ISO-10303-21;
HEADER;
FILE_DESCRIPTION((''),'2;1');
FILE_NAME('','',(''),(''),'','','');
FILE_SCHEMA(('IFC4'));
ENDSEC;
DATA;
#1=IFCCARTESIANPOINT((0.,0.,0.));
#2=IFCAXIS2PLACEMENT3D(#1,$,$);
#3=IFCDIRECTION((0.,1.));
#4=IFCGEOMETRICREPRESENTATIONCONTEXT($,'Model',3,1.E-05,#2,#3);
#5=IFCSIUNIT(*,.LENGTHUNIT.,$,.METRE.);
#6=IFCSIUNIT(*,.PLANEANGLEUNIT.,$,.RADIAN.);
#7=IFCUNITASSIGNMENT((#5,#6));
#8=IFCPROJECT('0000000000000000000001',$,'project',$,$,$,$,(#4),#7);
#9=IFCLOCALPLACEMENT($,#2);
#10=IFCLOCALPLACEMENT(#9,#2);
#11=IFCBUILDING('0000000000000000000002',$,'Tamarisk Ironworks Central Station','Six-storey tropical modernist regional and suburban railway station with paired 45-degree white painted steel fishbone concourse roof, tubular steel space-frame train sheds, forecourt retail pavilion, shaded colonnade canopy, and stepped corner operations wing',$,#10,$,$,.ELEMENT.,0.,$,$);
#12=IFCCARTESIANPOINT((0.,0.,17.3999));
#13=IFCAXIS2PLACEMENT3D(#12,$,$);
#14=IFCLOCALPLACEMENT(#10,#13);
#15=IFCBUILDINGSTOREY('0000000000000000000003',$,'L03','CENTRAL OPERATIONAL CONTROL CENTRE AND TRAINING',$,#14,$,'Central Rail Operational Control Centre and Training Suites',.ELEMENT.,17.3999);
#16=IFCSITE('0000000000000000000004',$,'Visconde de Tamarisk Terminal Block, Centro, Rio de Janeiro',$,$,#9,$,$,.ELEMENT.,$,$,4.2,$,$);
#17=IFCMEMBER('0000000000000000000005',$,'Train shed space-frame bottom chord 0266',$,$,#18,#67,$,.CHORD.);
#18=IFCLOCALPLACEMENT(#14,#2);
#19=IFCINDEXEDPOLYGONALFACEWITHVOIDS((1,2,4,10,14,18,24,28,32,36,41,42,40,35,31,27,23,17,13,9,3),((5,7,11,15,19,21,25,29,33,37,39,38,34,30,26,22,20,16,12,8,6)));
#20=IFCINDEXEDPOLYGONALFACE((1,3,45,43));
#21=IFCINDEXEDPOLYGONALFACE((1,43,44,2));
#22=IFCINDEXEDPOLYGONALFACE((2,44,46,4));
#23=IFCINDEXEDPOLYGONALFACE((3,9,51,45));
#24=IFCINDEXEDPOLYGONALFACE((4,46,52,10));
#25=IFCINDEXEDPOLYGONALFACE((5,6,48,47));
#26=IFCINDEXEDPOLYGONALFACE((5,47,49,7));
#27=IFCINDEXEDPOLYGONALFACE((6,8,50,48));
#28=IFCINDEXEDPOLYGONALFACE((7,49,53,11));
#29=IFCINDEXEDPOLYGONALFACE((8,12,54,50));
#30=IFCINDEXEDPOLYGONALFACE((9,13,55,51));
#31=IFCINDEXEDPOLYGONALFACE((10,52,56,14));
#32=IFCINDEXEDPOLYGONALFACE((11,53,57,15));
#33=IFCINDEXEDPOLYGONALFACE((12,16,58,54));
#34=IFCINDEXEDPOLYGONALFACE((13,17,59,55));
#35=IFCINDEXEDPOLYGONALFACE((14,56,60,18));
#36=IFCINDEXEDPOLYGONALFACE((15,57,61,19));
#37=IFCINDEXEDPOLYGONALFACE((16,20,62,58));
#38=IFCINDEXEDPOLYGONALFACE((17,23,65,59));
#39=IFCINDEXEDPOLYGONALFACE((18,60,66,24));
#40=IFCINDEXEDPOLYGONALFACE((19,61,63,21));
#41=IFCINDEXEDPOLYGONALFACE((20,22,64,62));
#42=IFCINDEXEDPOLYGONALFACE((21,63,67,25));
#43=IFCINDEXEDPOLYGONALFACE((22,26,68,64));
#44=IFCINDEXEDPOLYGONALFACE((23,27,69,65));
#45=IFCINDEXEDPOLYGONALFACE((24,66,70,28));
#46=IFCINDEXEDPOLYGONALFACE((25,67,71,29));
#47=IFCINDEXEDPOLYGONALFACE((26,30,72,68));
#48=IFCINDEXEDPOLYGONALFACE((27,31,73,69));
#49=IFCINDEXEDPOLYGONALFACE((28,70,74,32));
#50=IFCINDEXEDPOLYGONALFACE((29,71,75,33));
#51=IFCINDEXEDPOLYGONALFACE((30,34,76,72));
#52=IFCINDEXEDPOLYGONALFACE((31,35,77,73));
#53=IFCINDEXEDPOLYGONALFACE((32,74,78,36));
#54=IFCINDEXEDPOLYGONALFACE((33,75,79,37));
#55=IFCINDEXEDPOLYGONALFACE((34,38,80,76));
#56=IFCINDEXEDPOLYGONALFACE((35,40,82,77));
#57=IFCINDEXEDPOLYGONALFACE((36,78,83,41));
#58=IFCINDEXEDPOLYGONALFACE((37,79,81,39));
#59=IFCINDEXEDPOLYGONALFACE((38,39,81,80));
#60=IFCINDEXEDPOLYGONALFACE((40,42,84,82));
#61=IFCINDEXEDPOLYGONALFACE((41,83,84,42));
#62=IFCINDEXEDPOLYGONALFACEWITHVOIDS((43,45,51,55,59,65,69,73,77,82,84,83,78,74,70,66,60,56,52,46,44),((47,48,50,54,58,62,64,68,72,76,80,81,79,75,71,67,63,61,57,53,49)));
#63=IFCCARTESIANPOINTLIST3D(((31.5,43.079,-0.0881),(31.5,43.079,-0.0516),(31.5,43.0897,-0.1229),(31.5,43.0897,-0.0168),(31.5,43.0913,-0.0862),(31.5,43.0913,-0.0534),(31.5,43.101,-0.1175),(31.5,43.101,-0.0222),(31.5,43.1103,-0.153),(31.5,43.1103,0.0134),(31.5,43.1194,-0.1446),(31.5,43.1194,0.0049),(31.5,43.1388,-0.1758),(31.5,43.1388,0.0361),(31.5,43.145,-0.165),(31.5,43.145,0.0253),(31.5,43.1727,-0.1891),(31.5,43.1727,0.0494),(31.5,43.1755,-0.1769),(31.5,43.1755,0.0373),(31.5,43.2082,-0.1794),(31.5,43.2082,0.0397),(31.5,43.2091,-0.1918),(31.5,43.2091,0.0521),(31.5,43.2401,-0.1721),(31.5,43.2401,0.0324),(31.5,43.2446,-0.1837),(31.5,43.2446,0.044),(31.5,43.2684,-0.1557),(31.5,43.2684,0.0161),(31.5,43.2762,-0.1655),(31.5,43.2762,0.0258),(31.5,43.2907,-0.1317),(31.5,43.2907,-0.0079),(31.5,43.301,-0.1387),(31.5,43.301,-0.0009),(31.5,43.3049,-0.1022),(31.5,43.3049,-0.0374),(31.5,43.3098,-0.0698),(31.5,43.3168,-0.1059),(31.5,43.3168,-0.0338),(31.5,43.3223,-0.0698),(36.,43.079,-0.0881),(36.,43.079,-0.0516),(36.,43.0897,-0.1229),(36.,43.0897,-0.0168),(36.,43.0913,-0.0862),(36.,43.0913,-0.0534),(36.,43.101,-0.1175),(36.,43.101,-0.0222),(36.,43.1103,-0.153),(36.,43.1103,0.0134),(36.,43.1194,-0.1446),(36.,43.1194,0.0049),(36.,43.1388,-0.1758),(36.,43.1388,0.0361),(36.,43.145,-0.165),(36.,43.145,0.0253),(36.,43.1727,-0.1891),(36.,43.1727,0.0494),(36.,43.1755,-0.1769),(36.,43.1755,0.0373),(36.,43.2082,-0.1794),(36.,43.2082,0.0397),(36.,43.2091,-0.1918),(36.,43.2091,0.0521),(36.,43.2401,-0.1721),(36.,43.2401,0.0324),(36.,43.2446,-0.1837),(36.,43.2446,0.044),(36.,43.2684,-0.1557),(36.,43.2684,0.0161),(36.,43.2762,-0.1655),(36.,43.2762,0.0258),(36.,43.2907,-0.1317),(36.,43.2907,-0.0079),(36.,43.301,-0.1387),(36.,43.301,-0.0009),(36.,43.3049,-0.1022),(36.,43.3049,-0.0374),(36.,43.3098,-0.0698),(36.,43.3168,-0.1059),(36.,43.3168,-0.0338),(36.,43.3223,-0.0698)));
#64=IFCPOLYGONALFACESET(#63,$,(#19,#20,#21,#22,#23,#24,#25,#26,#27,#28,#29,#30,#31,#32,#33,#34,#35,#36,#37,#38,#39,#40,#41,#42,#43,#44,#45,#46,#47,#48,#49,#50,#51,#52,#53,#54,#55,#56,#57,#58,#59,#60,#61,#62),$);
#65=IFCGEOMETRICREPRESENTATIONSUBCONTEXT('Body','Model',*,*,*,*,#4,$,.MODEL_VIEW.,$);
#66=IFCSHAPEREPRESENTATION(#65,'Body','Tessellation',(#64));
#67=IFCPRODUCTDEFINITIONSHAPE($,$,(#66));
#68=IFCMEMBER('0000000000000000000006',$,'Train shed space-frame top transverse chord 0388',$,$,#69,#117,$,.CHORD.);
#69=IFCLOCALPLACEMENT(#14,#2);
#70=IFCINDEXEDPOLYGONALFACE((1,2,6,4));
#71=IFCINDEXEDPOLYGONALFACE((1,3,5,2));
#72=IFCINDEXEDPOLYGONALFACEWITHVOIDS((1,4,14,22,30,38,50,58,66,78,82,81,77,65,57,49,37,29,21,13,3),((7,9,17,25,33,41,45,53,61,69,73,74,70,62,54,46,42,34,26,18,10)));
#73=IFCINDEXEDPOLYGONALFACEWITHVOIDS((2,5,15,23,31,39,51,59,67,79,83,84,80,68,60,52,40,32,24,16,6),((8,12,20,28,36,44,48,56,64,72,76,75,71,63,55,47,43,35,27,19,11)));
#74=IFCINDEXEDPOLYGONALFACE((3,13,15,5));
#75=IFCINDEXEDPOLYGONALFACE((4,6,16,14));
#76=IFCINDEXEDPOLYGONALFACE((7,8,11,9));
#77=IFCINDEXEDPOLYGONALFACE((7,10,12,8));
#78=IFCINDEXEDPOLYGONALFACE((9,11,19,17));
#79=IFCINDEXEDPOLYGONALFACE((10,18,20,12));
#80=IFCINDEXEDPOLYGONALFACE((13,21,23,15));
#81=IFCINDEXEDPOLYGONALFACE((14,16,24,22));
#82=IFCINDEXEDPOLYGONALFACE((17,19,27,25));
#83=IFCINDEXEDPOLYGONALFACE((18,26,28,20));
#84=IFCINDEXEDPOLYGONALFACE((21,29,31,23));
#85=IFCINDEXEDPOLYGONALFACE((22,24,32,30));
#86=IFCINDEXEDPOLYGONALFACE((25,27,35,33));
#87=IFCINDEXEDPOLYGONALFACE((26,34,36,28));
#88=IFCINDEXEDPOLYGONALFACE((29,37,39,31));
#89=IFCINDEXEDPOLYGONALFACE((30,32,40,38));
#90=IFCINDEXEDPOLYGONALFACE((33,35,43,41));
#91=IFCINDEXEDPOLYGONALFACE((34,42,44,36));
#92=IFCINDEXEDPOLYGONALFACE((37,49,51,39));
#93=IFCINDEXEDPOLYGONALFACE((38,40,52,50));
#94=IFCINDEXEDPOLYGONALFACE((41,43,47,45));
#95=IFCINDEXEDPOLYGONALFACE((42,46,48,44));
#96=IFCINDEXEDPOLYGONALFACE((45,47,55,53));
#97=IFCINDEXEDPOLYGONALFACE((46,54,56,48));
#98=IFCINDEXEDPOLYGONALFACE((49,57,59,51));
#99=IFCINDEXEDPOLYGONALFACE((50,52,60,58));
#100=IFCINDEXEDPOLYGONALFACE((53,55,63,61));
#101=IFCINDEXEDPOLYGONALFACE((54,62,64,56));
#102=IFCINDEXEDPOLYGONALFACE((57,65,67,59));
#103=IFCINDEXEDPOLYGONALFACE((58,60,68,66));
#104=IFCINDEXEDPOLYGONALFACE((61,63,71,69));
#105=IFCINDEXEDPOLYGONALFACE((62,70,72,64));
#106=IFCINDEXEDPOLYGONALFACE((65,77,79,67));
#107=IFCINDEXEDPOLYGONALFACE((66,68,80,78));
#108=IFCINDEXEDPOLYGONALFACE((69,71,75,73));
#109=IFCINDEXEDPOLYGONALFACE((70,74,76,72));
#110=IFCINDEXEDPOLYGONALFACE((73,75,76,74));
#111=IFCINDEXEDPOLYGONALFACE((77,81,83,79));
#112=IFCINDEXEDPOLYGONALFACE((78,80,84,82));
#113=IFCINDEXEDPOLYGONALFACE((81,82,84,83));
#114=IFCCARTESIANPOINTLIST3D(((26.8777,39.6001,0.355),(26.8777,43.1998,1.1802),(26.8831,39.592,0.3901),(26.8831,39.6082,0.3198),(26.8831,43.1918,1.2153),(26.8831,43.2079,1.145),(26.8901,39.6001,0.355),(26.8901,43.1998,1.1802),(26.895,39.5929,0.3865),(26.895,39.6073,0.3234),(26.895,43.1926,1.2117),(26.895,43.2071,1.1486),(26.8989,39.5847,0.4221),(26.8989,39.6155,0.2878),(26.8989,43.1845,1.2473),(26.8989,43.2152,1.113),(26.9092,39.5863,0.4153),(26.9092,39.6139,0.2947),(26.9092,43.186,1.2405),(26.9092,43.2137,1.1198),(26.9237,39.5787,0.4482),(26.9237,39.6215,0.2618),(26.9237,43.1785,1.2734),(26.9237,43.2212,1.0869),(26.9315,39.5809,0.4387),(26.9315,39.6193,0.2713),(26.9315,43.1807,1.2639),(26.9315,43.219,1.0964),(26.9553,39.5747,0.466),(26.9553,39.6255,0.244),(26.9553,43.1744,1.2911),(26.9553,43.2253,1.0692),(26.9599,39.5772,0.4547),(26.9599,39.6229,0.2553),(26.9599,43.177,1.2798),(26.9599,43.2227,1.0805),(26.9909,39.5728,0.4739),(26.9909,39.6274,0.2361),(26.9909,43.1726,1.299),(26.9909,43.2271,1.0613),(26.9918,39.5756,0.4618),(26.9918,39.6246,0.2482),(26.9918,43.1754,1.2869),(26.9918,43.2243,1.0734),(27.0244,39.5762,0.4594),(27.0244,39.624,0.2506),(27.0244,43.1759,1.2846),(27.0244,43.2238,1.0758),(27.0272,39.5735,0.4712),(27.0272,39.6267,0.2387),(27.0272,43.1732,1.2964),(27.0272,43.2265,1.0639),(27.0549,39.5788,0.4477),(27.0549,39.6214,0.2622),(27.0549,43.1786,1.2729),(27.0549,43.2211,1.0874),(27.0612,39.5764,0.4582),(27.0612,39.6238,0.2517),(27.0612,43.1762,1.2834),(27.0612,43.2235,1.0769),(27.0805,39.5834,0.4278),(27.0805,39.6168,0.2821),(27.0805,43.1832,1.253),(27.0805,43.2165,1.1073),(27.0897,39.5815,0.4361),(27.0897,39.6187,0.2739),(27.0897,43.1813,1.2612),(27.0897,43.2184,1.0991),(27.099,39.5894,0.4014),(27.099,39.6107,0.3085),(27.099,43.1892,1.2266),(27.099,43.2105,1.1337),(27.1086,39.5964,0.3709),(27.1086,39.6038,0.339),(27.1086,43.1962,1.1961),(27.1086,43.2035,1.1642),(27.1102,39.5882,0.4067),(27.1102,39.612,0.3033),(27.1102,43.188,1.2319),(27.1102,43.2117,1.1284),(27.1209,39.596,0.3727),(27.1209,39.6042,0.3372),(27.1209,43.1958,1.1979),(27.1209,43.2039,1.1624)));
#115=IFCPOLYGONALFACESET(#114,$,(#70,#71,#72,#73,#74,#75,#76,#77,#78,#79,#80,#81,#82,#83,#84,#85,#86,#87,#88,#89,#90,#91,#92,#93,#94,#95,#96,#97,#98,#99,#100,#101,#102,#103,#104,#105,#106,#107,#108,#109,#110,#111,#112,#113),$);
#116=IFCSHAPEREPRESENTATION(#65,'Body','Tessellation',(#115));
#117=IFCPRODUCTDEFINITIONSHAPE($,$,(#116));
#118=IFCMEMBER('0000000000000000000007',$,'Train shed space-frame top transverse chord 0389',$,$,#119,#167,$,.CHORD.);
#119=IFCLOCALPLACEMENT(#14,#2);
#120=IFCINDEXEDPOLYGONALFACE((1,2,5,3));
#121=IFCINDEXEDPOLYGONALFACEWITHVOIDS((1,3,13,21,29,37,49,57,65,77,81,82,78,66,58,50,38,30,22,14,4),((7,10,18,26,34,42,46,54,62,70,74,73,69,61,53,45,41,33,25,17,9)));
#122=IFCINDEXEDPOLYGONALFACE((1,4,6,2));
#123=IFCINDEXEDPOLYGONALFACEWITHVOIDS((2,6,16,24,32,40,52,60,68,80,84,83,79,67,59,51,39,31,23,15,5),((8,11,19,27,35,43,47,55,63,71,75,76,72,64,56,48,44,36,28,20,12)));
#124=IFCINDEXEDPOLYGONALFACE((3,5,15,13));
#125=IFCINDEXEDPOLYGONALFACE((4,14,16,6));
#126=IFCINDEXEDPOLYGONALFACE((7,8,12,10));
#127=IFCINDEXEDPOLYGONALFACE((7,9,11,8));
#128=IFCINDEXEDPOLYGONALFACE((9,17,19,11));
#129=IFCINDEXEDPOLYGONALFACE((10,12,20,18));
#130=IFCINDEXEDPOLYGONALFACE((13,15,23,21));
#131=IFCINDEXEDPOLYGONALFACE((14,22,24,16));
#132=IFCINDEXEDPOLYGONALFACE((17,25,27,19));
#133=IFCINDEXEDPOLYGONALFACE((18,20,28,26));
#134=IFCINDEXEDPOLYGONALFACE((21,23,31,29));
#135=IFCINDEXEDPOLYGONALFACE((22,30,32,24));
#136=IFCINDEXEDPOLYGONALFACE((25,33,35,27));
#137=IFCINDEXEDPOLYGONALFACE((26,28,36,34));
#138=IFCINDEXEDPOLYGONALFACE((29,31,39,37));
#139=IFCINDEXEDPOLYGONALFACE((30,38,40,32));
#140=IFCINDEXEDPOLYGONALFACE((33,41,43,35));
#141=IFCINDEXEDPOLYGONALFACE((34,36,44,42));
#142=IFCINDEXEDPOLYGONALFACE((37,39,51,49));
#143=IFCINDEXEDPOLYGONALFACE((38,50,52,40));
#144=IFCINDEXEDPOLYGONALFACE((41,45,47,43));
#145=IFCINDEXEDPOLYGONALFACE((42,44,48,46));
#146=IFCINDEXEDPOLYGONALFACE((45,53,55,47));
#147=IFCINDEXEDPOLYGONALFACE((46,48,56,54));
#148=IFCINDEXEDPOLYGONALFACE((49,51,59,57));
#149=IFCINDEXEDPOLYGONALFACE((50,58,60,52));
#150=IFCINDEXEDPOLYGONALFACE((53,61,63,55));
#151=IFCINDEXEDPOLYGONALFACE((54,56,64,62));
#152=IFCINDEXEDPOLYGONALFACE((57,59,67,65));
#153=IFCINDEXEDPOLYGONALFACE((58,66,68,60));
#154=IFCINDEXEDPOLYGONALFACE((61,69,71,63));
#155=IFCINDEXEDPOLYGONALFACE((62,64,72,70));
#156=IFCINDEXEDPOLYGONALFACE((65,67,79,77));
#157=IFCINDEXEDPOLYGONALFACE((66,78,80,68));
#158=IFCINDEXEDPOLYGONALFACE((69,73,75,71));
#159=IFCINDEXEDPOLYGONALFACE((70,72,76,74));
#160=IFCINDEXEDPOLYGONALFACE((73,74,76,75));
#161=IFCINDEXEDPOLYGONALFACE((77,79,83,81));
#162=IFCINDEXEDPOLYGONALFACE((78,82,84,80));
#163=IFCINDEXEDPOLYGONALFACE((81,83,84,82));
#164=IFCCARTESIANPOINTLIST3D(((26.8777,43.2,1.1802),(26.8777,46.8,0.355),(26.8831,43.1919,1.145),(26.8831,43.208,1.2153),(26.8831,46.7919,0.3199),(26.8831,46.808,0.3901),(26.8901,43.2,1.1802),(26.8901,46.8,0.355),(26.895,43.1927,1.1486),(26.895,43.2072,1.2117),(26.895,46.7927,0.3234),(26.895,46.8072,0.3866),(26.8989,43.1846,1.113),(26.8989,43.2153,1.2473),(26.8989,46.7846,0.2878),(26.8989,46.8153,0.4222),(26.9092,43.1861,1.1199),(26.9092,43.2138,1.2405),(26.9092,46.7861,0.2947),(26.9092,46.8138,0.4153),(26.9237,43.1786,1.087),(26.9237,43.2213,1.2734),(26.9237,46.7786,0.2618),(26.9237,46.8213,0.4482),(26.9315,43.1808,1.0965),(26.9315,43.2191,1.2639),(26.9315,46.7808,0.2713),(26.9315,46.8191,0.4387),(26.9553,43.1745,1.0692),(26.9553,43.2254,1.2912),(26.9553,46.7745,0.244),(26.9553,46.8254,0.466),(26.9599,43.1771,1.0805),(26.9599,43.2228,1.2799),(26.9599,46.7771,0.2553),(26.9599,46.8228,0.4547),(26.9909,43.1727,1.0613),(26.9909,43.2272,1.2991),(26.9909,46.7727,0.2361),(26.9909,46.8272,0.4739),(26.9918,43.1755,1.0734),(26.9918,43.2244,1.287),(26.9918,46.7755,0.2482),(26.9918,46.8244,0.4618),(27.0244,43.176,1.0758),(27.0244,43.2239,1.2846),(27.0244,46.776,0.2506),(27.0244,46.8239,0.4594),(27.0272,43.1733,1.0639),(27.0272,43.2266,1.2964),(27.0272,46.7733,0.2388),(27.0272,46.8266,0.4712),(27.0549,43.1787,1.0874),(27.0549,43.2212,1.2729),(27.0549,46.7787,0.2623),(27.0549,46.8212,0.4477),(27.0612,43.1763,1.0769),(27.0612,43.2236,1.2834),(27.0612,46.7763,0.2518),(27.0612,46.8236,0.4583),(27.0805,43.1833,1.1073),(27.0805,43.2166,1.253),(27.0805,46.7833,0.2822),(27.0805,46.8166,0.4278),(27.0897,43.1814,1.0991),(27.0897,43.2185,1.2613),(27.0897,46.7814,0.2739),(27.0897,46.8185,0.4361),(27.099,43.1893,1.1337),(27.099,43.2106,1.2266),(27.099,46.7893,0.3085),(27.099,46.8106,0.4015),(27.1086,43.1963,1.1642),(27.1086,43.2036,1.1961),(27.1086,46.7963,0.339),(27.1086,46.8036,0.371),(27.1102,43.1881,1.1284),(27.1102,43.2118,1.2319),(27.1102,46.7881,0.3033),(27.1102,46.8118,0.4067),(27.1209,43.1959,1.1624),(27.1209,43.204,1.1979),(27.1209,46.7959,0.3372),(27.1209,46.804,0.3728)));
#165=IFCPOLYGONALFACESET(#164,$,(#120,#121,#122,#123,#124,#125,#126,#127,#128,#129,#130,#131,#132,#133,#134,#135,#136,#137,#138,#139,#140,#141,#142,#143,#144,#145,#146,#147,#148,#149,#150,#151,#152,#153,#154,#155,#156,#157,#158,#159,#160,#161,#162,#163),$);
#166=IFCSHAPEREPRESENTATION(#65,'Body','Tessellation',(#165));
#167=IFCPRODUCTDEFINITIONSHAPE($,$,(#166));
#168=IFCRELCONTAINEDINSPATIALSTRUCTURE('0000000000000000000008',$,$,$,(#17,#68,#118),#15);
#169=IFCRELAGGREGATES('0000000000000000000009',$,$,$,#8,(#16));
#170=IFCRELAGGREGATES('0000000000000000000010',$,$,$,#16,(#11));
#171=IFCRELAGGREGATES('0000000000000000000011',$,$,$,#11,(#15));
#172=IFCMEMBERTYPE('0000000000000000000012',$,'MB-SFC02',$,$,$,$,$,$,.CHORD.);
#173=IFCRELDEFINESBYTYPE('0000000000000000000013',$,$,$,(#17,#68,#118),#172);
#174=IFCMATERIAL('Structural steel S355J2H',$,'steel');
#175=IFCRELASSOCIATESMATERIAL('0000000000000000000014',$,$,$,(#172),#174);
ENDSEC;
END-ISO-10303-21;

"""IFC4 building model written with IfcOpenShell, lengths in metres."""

from ifc_helpers import new_model, si_unit, direction, frame, origin, origin_2d, place, context, subcontext, project, spatial, hollow_circle, extrude, material, material_profile, profile_set, type_object, element, save


model = new_model("IFC4")

# Units and contexts
model_context = context("Model", 3, precision=1e-05, world=origin(), true_north=direction((0.0, 1.0)))
body_context = subcontext(model_context, "Body", "Model", "MODEL_VIEW")
ifc_project = project(units=[si_unit("LENGTHUNIT", "METRE"), si_unit("PLANEANGLEUNIT", "RADIAN")], contexts=[model_context])

# Site, building, storey
site_placement = place(None, origin())
site = spatial("IfcSite", under=ifc_project, at=site_placement, Name="Visconde de Tamarisk Terminal Block, Centro, Rio de Janeiro", CompositionType="ELEMENT", RefElevation=4.2)
building_placement = place(site_placement, origin())
building = spatial("IfcBuilding", under=site, at=building_placement, Name="Tamarisk Ironworks Central Station", Description="Six-storey tropical modernist regional and suburban railway station with paired 45-degree white painted steel fishbone concourse roof, tubular steel space-frame train sheds, forecourt retail pavilion, shaded colonnade canopy, and stepped corner operations wing", CompositionType="ELEMENT", ElevationOfRefHeight=0.0)
storey_placement = place(building_placement, frame((0.0, 0.0, 17.3999)))
storey = spatial("IfcBuildingStorey", under=building, at=storey_placement, Name="L03", Description="CENTRAL OPERATIONAL CONTROL CENTRE AND TRAINING", LongName="Central Rail Operational Control Centre and Training Suites", CompositionType="ELEMENT", Elevation=17.3999)

# Members
ifc_material = material(Name="Structural steel S355J2H", Category="steel")
ifc_material_profile_1 = material_profile(ifc_material, hollow_circle(Radius=0.1223, WallThickness=0.0125, at=origin_2d()), Name="CHS 244.5x12.5")
ifc_profile_set_1 = profile_set([ifc_material_profile_1], Name="Structural steel S355J2H")
member_type_1 = type_object("IfcMemberType", Name="MB-SFC02", PredefinedType="CHORD", material=ifc_profile_set_1)
for number, where, z_axis, x_axis, name in (
    (1, (31.5, 43.2, -0.0698), (1.0, 0.0, 0.0), (0.0, 1.0, 0.0), "Train shed space-frame bottom chord 0266"),
):
    element("IfcMember", number, at=place(storey_placement, frame(where, z_axis=z_axis, x_axis=x_axis)), inside=storey, type_object=member_type_1, Name=name, PredefinedType="CHORD", context=body_context, shape_type="SweptSolid", body=[
        extrude(hollow_circle(Radius=0.1223, WallThickness=0.0125, at=origin_2d()), origin(), (0.0, 0.0, 1.0), 4.5),
    ])
member_1_placement = place(storey_placement, frame((27.0, 39.6001, 0.355), z_axis=(0.0, 0.974719, 0.223435), x_axis=(-1.0, 0.0, 0.0)))
element("IfcMember", 2, at=member_1_placement, inside=storey, type_object=member_type_1, Name="Train shed space-frame top transverse chord 0388", PredefinedType="CHORD", context=body_context, shape_type="SweptSolid", body=[
    extrude(hollow_circle(Radius=0.1223, WallThickness=0.0125, at=origin_2d()), origin(), (0.0, 0.0, 1.0), 3.6931),
])
member_2_placement = place(storey_placement, frame((27.0, 43.2, 1.1802), z_axis=(0.0, 0.974722, -0.223421), x_axis=(-1.0, 0.0, 0.0)))
element("IfcMember", 3, at=member_2_placement, inside=storey, type_object=member_type_1, Name="Train shed space-frame top transverse chord 0389", PredefinedType="CHORD", context=body_context, shape_type="SweptSolid", body=[
    extrude(hollow_circle(Radius=0.1223, WallThickness=0.0125, at=origin_2d()), origin(), (0.0, 0.0, 1.0), 3.6934),
])

save(model, "model.ifc")
